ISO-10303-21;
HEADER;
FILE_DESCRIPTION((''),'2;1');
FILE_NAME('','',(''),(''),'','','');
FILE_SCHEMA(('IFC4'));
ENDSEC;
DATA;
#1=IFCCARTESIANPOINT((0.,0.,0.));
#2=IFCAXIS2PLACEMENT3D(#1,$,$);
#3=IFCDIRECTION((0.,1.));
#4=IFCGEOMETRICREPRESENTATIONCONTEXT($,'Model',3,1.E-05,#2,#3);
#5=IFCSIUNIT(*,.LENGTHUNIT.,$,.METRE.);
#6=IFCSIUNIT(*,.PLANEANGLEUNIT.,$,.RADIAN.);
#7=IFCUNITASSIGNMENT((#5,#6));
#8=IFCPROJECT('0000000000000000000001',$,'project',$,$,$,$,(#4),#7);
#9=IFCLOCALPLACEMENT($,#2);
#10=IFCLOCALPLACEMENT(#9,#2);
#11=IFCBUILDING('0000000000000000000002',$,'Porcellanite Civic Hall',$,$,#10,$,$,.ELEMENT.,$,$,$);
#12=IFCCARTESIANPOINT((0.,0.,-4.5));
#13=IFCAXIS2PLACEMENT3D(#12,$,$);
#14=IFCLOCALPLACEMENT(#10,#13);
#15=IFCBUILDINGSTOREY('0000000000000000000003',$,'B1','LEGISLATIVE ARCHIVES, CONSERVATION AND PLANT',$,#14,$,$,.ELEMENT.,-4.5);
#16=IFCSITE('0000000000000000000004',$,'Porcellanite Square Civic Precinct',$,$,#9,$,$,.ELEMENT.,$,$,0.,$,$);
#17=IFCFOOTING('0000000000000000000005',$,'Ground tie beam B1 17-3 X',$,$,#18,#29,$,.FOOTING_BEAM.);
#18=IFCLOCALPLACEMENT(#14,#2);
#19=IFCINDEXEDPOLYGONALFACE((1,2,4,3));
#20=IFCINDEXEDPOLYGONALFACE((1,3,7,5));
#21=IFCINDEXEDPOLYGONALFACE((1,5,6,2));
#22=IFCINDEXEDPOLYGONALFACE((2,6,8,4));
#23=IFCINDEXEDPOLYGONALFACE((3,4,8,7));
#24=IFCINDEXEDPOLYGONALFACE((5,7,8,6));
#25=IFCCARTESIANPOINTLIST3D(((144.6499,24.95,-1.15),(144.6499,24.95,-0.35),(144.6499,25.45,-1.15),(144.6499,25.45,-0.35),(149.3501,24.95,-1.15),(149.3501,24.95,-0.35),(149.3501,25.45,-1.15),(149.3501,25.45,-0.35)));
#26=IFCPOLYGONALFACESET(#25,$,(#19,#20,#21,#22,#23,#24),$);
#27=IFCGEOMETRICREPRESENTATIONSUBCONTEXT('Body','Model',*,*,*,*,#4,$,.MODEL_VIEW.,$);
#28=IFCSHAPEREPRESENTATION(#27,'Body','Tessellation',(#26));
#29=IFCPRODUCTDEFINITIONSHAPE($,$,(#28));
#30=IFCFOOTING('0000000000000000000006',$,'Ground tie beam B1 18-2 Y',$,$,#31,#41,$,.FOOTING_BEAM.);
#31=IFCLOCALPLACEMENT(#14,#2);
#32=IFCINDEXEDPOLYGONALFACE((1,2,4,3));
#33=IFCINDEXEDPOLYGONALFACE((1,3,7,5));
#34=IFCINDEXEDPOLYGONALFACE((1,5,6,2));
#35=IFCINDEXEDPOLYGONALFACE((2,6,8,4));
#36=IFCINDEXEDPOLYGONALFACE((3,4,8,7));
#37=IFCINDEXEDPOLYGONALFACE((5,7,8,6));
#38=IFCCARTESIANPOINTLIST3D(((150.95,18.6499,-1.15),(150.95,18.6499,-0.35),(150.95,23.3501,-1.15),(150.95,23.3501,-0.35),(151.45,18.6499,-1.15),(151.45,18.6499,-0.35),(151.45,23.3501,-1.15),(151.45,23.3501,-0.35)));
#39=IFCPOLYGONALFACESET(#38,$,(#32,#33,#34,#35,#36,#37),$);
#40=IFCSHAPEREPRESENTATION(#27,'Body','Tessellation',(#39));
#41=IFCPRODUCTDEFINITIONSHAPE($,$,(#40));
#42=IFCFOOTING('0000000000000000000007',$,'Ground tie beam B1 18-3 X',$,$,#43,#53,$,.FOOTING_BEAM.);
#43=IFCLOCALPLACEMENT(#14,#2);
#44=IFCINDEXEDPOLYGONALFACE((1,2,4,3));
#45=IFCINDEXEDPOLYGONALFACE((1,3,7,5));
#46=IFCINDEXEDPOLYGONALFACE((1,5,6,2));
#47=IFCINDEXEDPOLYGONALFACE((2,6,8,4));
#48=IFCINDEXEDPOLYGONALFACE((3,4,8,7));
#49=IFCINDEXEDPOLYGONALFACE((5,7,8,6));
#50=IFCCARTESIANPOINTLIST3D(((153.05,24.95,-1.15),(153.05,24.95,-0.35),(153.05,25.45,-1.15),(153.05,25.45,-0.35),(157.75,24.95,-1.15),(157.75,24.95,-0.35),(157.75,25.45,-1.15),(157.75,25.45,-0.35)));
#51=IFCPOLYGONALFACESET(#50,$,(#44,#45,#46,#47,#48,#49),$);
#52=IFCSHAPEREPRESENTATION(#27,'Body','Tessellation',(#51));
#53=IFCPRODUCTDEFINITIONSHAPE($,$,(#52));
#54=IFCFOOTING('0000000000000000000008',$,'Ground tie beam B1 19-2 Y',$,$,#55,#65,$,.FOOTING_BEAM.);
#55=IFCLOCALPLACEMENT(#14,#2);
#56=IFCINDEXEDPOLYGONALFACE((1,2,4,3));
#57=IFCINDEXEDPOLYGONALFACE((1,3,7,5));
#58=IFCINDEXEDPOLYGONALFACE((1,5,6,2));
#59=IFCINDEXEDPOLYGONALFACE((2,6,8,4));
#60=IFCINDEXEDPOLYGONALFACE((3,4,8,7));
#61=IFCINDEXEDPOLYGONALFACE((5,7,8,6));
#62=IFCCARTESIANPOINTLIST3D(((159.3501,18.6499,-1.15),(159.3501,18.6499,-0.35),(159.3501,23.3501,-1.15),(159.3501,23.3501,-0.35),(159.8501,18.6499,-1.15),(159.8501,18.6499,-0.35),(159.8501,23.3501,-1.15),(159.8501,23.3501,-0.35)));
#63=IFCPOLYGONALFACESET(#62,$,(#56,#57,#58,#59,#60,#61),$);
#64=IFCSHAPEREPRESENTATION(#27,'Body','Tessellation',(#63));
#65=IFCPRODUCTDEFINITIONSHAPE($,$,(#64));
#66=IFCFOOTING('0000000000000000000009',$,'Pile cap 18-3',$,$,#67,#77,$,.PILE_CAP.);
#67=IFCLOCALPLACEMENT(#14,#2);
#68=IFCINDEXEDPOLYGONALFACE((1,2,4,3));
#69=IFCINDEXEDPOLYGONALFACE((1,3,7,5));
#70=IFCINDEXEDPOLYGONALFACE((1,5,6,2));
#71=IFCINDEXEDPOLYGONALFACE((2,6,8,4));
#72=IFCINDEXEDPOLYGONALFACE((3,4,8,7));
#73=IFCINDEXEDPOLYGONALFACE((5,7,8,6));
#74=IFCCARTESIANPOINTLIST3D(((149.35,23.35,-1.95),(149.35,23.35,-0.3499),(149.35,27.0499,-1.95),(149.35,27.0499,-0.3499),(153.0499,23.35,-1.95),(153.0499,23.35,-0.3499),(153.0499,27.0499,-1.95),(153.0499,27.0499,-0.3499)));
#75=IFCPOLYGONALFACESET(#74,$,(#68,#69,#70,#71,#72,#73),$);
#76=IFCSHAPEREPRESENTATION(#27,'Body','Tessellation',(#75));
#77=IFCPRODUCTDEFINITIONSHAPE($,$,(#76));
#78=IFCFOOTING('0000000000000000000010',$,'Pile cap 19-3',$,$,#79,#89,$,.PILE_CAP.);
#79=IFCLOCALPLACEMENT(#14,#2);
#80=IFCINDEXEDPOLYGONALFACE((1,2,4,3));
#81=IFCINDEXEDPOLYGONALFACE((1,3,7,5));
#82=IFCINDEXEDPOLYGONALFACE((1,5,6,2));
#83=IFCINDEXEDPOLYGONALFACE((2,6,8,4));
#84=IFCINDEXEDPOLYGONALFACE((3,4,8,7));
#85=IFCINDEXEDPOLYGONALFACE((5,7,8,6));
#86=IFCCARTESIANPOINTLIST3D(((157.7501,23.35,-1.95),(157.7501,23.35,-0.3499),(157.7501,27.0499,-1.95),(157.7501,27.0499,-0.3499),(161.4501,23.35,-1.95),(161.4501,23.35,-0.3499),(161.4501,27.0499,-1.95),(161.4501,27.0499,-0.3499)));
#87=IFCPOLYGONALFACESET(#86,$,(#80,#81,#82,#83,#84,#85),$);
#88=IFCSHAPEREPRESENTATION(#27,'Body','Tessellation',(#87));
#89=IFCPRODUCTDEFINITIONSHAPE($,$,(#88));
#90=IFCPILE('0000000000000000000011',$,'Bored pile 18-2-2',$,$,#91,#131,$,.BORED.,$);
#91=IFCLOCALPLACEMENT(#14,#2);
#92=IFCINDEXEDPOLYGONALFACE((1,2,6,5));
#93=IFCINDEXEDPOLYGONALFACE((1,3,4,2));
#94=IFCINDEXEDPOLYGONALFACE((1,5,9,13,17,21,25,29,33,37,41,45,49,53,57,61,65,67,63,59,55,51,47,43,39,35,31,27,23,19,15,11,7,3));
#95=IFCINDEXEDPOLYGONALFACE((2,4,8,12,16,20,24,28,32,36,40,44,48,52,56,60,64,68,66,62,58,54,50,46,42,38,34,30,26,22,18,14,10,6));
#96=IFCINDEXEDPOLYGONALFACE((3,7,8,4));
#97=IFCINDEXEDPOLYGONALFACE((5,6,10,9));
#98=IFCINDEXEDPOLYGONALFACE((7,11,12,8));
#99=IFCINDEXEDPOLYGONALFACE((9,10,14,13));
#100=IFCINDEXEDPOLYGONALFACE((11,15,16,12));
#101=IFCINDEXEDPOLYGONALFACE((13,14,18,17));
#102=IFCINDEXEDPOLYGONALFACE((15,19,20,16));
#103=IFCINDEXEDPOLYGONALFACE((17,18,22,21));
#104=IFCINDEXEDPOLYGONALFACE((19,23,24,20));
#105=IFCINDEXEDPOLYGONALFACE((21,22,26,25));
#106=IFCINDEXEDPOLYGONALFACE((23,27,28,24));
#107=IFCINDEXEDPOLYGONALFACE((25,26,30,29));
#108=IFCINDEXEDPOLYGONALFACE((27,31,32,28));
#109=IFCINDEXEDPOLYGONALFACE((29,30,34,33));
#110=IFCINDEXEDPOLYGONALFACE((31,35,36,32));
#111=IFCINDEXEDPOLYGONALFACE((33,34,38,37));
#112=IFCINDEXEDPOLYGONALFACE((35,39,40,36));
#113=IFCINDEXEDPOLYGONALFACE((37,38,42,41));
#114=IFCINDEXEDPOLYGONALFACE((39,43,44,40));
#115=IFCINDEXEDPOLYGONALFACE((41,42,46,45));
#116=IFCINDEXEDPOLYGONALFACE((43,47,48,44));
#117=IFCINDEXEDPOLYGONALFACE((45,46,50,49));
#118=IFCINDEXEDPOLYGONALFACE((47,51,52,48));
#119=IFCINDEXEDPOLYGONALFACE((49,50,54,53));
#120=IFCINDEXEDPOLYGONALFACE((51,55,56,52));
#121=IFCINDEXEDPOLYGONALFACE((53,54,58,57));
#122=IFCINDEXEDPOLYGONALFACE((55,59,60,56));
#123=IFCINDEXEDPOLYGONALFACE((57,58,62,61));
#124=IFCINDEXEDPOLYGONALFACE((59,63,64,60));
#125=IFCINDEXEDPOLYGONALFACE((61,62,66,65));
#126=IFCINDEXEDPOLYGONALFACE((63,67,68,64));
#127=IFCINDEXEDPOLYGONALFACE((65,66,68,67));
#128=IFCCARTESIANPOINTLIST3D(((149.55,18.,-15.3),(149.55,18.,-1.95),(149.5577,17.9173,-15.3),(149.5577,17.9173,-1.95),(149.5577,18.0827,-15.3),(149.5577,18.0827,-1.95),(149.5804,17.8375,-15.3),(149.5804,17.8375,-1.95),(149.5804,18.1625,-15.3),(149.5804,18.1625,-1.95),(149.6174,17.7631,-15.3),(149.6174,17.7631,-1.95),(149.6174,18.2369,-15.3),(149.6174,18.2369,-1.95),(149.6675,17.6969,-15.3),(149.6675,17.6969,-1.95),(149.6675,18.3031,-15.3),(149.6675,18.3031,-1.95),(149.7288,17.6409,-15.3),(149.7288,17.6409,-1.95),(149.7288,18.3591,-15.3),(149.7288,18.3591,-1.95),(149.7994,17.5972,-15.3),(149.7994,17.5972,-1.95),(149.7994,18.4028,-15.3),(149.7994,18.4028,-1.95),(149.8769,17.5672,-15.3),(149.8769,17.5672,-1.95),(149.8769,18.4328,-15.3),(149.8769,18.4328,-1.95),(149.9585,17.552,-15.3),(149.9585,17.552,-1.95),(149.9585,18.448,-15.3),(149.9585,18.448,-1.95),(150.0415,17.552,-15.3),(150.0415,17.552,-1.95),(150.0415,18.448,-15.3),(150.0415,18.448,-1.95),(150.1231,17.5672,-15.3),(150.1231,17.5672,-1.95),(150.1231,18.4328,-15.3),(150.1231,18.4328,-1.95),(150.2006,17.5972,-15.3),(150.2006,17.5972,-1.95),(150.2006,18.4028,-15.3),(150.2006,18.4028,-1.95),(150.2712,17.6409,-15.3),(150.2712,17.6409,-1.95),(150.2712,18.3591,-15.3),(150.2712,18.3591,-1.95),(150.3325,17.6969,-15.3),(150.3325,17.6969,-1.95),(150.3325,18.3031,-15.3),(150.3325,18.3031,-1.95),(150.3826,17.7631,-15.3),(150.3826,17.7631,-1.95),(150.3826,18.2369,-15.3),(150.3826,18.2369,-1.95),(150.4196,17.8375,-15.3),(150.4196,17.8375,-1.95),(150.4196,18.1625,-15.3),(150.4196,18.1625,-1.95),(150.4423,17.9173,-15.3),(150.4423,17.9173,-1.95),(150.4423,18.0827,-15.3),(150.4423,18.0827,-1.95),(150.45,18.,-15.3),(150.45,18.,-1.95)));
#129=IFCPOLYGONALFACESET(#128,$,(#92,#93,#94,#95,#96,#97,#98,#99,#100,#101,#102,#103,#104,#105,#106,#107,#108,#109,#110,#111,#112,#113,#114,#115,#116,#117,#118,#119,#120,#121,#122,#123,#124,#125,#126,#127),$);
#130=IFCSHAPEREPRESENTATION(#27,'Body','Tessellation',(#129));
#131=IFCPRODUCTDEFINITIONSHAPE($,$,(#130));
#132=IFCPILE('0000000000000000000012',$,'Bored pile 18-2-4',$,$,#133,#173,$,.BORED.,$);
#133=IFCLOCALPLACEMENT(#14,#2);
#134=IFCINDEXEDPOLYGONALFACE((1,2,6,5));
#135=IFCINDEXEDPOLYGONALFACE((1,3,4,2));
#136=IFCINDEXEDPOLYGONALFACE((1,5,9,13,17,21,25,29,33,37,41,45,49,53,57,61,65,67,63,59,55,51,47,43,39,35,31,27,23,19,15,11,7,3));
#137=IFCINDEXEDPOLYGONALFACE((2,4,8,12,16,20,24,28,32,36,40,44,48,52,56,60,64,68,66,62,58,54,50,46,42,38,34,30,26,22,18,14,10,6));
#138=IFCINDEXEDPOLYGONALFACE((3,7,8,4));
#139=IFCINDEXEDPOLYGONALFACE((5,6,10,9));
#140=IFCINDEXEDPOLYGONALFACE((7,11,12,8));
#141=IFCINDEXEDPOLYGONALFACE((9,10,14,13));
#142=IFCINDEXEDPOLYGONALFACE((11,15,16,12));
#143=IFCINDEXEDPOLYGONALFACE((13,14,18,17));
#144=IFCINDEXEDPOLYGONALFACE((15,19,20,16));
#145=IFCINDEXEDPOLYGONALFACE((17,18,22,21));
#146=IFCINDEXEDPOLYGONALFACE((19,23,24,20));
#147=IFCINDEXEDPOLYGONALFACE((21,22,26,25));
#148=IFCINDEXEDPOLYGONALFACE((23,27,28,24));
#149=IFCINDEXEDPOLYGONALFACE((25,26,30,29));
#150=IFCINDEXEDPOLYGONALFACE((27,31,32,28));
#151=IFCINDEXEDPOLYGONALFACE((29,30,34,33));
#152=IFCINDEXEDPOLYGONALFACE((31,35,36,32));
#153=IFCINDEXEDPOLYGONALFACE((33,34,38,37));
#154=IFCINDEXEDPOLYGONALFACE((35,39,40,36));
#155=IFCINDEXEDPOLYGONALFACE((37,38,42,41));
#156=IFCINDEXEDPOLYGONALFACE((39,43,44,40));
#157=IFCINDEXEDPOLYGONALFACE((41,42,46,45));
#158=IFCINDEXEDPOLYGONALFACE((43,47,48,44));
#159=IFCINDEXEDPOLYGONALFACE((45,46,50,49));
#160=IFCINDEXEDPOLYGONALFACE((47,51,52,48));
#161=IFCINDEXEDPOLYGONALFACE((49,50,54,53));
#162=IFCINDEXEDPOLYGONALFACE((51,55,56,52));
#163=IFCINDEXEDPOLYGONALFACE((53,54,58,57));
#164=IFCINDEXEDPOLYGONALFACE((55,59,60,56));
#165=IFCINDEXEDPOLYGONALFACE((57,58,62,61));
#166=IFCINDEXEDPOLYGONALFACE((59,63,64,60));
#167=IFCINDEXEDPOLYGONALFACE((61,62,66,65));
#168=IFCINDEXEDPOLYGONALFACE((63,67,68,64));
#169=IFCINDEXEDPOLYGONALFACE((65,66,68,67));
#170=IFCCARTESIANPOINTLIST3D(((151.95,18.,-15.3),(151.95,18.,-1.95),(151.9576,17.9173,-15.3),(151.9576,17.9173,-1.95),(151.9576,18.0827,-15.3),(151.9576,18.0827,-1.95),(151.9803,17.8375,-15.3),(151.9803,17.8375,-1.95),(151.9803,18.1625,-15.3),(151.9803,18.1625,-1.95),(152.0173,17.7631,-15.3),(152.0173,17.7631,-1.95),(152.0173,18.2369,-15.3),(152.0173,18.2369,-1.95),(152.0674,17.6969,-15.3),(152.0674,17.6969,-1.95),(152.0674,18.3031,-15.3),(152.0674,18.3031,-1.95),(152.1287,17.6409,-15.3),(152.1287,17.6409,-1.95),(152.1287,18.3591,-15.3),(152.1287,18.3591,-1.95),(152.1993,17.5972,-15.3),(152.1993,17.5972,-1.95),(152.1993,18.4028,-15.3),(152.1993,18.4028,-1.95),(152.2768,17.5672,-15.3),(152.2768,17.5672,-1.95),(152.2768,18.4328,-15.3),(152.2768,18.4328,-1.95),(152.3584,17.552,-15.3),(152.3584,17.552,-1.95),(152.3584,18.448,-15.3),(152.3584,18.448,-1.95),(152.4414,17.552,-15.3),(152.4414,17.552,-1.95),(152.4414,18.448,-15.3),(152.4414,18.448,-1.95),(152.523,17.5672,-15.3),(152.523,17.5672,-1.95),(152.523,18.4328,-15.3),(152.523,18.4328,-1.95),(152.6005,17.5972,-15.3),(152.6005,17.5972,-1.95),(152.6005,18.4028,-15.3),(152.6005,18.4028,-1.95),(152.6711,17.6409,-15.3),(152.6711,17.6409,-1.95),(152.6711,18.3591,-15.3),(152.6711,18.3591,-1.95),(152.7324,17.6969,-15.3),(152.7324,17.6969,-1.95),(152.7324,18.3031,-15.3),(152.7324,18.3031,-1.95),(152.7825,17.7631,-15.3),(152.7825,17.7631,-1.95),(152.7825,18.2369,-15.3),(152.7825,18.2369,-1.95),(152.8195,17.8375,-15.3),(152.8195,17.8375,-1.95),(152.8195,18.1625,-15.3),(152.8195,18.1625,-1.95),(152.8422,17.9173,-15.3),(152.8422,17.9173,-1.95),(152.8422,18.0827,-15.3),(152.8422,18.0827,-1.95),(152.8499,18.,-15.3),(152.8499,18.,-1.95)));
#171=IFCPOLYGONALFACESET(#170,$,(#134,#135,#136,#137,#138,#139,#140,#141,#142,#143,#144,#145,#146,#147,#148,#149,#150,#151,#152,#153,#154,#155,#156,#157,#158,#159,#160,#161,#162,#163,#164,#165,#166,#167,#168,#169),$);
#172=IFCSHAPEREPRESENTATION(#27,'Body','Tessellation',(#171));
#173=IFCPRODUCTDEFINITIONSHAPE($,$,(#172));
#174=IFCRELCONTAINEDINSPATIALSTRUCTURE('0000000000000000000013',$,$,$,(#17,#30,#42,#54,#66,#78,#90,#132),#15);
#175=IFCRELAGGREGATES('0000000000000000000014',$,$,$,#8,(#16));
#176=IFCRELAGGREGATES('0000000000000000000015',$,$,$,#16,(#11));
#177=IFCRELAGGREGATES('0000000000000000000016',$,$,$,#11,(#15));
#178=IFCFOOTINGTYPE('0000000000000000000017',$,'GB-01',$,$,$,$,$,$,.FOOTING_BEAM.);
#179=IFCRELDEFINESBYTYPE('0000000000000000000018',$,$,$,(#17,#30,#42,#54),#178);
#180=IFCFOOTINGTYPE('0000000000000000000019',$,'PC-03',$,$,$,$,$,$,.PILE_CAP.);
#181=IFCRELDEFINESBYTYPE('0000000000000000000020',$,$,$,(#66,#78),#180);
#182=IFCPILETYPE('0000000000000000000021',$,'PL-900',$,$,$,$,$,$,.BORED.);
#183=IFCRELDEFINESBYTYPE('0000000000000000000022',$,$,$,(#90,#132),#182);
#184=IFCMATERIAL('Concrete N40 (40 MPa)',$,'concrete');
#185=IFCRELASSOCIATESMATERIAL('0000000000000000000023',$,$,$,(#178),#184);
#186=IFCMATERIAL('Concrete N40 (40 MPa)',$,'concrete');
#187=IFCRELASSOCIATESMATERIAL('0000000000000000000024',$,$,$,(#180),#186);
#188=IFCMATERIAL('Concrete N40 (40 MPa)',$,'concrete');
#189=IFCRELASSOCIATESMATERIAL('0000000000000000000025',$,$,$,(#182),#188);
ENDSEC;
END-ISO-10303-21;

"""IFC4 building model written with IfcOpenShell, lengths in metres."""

from ifc_helpers import new_model, si_unit, direction, frame, origin, origin_2d, place, context, subcontext, project, spatial, rectangle, circle, extrude, material, material_profile, profile_set, type_object, element, save


model = new_model("IFC4")

# Units and contexts
model_context = context("Model", 3, precision=1e-05, world=origin(), true_north=direction((0.0, 1.0)))
body_context = subcontext(model_context, "Body", "Model", "MODEL_VIEW")
ifc_project = project(units=[si_unit("LENGTHUNIT", "METRE"), si_unit("PLANEANGLEUNIT", "RADIAN")], contexts=[model_context])

# Site, building, storey
site_placement = place(None, origin())
site = spatial("IfcSite", under=ifc_project, at=site_placement, Name="Porcellanite Square Civic Precinct", CompositionType="ELEMENT", RefElevation=0.0)
building_placement = place(site_placement, origin())
building = spatial("IfcBuilding", under=site, at=building_placement, Name="Porcellanite Civic Hall", CompositionType="ELEMENT")
storey_placement = place(building_placement, frame((0.0, 0.0, -4.5)))
storey = spatial("IfcBuildingStorey", under=building, at=storey_placement, Name="B1", Description="LEGISLATIVE ARCHIVES, CONSERVATION AND PLANT", CompositionType="ELEMENT", Elevation=-4.5)

# Footings
ifc_material_1 = material(Name="Concrete N40 (40 MPa)", Category="concrete")
ifc_material_profile_1 = material_profile(ifc_material_1, rectangle(XDim=0.5, YDim=0.8, at=origin_2d()), Name="RC-500x800")
ifc_profile_set_1 = profile_set([ifc_material_profile_1], Name="Concrete N40 (40 MPa)")
footing_type_1 = type_object("IfcFootingType", Name="GB-01", PredefinedType="FOOTING_BEAM", material=ifc_profile_set_1)
for number, where, z_axis, x_axis, name in (
    (1, (144.6499, 25.2, -0.75), (1.0, 0.0, 0.0), (0.0, 1.0, 0.0), "Ground tie beam B1 17-3 X"),
    (2, (151.2, 18.6499, -0.75), (0.0, 1.0, 0.0), (-1.0, 0.0, 0.0), "Ground tie beam B1 18-2 Y"),
):
    element("IfcFooting", number, at=place(storey_placement, frame(where, z_axis=z_axis, x_axis=x_axis)), inside=storey, type_object=footing_type_1, Name=name, PredefinedType="FOOTING_BEAM", context=body_context, shape_type="SweptSolid", body=[
        extrude(rectangle(XDim=0.5, YDim=0.8, at=origin_2d()), origin(), (0.0, 0.0, 1.0), 4.7002),
    ])
footing_1_placement = place(storey_placement, frame((153.05, 25.2, -0.75), z_axis=(1.0, 0.0, 0.0), x_axis=(0.0, 1.0, 0.0)))
element("IfcFooting", 3, at=footing_1_placement, inside=storey, type_object=footing_type_1, Name="Ground tie beam B1 18-3 X", PredefinedType="FOOTING_BEAM", context=body_context, shape_type="SweptSolid", body=[
    extrude(rectangle(XDim=0.5, YDim=0.8, at=origin_2d()), origin(), (0.0, 0.0, 1.0), 4.7),
])
footing_2_placement = place(storey_placement, frame((159.6001, 18.6499, -0.75), z_axis=(0.0, 1.0, 0.0), x_axis=(-1.0, 0.0, 0.0)))
element("IfcFooting", 4, at=footing_2_placement, inside=storey, type_object=footing_type_1, Name="Ground tie beam B1 19-2 Y", PredefinedType="FOOTING_BEAM", context=body_context, shape_type="SweptSolid", body=[
    extrude(rectangle(XDim=0.5, YDim=0.8, at=origin_2d()), origin(), (0.0, 0.0, 1.0), 4.7002),
])
ifc_material_2 = material(Name="Concrete N40 (40 MPa)", Category="concrete")
footing_type_2 = type_object("IfcFootingType", Name="PC-03", PredefinedType="PILE_CAP", material=ifc_material_2)
for number, where, z_axis, x_axis, name in (
    (5, (151.2, 25.2, -1.95), (0.0, 0.0, 1.0), (1.0, 0.0, 0.0), "Pile cap 18-3"),
    (6, (159.6001, 25.2, -1.95), (0.0, 0.0, 1.0), (1.0, 0.0, 0.0), "Pile cap 19-3"),
):
    element("IfcFooting", number, at=place(storey_placement, frame(where, z_axis=z_axis, x_axis=x_axis)), inside=storey, type_object=footing_type_2, Name=name, PredefinedType="PILE_CAP", context=body_context, shape_type="SweptSolid", body=[
        extrude(rectangle(XDim=3.7, YDim=3.7, at=origin_2d()), origin(), (0.0, 0.0, 1.0), 1.6001),
    ])

# Piles
ifc_material_3 = material(Name="Concrete N40 (40 MPa)", Category="concrete")
ifc_material_profile_2 = material_profile(ifc_material_3, circle(Radius=0.45, at=origin_2d()), Name="PILE-D900")
ifc_profile_set_2 = profile_set([ifc_material_profile_2], Name="Concrete N40 (40 MPa)")
pile_type = type_object("IfcPileType", Name="PL-900", PredefinedType="BORED", material=ifc_profile_set_2)
for number, where, z_axis, x_axis, name in (
    (7, (150.0, 18.0, -1.95), (0.0, 0.0, -1.0), (1.0, 0.0, 0.0), "Bored pile 18-2-2"),
    (8, (152.3999, 18.0, -1.95), (0.0, 0.0, -1.0), (1.0, 0.0, 0.0), "Bored pile 18-2-4"),
):
    element("IfcPile", number, at=place(storey_placement, frame(where, z_axis=z_axis, x_axis=x_axis)), inside=storey, type_object=pile_type, Name=name, PredefinedType="BORED", context=body_context, shape_type="SweptSolid", body=[
        extrude(circle(Radius=0.45, at=origin_2d()), origin(), (0.0, 0.0, 1.0), 13.3501),
    ])

save(model, "model.ifc")
